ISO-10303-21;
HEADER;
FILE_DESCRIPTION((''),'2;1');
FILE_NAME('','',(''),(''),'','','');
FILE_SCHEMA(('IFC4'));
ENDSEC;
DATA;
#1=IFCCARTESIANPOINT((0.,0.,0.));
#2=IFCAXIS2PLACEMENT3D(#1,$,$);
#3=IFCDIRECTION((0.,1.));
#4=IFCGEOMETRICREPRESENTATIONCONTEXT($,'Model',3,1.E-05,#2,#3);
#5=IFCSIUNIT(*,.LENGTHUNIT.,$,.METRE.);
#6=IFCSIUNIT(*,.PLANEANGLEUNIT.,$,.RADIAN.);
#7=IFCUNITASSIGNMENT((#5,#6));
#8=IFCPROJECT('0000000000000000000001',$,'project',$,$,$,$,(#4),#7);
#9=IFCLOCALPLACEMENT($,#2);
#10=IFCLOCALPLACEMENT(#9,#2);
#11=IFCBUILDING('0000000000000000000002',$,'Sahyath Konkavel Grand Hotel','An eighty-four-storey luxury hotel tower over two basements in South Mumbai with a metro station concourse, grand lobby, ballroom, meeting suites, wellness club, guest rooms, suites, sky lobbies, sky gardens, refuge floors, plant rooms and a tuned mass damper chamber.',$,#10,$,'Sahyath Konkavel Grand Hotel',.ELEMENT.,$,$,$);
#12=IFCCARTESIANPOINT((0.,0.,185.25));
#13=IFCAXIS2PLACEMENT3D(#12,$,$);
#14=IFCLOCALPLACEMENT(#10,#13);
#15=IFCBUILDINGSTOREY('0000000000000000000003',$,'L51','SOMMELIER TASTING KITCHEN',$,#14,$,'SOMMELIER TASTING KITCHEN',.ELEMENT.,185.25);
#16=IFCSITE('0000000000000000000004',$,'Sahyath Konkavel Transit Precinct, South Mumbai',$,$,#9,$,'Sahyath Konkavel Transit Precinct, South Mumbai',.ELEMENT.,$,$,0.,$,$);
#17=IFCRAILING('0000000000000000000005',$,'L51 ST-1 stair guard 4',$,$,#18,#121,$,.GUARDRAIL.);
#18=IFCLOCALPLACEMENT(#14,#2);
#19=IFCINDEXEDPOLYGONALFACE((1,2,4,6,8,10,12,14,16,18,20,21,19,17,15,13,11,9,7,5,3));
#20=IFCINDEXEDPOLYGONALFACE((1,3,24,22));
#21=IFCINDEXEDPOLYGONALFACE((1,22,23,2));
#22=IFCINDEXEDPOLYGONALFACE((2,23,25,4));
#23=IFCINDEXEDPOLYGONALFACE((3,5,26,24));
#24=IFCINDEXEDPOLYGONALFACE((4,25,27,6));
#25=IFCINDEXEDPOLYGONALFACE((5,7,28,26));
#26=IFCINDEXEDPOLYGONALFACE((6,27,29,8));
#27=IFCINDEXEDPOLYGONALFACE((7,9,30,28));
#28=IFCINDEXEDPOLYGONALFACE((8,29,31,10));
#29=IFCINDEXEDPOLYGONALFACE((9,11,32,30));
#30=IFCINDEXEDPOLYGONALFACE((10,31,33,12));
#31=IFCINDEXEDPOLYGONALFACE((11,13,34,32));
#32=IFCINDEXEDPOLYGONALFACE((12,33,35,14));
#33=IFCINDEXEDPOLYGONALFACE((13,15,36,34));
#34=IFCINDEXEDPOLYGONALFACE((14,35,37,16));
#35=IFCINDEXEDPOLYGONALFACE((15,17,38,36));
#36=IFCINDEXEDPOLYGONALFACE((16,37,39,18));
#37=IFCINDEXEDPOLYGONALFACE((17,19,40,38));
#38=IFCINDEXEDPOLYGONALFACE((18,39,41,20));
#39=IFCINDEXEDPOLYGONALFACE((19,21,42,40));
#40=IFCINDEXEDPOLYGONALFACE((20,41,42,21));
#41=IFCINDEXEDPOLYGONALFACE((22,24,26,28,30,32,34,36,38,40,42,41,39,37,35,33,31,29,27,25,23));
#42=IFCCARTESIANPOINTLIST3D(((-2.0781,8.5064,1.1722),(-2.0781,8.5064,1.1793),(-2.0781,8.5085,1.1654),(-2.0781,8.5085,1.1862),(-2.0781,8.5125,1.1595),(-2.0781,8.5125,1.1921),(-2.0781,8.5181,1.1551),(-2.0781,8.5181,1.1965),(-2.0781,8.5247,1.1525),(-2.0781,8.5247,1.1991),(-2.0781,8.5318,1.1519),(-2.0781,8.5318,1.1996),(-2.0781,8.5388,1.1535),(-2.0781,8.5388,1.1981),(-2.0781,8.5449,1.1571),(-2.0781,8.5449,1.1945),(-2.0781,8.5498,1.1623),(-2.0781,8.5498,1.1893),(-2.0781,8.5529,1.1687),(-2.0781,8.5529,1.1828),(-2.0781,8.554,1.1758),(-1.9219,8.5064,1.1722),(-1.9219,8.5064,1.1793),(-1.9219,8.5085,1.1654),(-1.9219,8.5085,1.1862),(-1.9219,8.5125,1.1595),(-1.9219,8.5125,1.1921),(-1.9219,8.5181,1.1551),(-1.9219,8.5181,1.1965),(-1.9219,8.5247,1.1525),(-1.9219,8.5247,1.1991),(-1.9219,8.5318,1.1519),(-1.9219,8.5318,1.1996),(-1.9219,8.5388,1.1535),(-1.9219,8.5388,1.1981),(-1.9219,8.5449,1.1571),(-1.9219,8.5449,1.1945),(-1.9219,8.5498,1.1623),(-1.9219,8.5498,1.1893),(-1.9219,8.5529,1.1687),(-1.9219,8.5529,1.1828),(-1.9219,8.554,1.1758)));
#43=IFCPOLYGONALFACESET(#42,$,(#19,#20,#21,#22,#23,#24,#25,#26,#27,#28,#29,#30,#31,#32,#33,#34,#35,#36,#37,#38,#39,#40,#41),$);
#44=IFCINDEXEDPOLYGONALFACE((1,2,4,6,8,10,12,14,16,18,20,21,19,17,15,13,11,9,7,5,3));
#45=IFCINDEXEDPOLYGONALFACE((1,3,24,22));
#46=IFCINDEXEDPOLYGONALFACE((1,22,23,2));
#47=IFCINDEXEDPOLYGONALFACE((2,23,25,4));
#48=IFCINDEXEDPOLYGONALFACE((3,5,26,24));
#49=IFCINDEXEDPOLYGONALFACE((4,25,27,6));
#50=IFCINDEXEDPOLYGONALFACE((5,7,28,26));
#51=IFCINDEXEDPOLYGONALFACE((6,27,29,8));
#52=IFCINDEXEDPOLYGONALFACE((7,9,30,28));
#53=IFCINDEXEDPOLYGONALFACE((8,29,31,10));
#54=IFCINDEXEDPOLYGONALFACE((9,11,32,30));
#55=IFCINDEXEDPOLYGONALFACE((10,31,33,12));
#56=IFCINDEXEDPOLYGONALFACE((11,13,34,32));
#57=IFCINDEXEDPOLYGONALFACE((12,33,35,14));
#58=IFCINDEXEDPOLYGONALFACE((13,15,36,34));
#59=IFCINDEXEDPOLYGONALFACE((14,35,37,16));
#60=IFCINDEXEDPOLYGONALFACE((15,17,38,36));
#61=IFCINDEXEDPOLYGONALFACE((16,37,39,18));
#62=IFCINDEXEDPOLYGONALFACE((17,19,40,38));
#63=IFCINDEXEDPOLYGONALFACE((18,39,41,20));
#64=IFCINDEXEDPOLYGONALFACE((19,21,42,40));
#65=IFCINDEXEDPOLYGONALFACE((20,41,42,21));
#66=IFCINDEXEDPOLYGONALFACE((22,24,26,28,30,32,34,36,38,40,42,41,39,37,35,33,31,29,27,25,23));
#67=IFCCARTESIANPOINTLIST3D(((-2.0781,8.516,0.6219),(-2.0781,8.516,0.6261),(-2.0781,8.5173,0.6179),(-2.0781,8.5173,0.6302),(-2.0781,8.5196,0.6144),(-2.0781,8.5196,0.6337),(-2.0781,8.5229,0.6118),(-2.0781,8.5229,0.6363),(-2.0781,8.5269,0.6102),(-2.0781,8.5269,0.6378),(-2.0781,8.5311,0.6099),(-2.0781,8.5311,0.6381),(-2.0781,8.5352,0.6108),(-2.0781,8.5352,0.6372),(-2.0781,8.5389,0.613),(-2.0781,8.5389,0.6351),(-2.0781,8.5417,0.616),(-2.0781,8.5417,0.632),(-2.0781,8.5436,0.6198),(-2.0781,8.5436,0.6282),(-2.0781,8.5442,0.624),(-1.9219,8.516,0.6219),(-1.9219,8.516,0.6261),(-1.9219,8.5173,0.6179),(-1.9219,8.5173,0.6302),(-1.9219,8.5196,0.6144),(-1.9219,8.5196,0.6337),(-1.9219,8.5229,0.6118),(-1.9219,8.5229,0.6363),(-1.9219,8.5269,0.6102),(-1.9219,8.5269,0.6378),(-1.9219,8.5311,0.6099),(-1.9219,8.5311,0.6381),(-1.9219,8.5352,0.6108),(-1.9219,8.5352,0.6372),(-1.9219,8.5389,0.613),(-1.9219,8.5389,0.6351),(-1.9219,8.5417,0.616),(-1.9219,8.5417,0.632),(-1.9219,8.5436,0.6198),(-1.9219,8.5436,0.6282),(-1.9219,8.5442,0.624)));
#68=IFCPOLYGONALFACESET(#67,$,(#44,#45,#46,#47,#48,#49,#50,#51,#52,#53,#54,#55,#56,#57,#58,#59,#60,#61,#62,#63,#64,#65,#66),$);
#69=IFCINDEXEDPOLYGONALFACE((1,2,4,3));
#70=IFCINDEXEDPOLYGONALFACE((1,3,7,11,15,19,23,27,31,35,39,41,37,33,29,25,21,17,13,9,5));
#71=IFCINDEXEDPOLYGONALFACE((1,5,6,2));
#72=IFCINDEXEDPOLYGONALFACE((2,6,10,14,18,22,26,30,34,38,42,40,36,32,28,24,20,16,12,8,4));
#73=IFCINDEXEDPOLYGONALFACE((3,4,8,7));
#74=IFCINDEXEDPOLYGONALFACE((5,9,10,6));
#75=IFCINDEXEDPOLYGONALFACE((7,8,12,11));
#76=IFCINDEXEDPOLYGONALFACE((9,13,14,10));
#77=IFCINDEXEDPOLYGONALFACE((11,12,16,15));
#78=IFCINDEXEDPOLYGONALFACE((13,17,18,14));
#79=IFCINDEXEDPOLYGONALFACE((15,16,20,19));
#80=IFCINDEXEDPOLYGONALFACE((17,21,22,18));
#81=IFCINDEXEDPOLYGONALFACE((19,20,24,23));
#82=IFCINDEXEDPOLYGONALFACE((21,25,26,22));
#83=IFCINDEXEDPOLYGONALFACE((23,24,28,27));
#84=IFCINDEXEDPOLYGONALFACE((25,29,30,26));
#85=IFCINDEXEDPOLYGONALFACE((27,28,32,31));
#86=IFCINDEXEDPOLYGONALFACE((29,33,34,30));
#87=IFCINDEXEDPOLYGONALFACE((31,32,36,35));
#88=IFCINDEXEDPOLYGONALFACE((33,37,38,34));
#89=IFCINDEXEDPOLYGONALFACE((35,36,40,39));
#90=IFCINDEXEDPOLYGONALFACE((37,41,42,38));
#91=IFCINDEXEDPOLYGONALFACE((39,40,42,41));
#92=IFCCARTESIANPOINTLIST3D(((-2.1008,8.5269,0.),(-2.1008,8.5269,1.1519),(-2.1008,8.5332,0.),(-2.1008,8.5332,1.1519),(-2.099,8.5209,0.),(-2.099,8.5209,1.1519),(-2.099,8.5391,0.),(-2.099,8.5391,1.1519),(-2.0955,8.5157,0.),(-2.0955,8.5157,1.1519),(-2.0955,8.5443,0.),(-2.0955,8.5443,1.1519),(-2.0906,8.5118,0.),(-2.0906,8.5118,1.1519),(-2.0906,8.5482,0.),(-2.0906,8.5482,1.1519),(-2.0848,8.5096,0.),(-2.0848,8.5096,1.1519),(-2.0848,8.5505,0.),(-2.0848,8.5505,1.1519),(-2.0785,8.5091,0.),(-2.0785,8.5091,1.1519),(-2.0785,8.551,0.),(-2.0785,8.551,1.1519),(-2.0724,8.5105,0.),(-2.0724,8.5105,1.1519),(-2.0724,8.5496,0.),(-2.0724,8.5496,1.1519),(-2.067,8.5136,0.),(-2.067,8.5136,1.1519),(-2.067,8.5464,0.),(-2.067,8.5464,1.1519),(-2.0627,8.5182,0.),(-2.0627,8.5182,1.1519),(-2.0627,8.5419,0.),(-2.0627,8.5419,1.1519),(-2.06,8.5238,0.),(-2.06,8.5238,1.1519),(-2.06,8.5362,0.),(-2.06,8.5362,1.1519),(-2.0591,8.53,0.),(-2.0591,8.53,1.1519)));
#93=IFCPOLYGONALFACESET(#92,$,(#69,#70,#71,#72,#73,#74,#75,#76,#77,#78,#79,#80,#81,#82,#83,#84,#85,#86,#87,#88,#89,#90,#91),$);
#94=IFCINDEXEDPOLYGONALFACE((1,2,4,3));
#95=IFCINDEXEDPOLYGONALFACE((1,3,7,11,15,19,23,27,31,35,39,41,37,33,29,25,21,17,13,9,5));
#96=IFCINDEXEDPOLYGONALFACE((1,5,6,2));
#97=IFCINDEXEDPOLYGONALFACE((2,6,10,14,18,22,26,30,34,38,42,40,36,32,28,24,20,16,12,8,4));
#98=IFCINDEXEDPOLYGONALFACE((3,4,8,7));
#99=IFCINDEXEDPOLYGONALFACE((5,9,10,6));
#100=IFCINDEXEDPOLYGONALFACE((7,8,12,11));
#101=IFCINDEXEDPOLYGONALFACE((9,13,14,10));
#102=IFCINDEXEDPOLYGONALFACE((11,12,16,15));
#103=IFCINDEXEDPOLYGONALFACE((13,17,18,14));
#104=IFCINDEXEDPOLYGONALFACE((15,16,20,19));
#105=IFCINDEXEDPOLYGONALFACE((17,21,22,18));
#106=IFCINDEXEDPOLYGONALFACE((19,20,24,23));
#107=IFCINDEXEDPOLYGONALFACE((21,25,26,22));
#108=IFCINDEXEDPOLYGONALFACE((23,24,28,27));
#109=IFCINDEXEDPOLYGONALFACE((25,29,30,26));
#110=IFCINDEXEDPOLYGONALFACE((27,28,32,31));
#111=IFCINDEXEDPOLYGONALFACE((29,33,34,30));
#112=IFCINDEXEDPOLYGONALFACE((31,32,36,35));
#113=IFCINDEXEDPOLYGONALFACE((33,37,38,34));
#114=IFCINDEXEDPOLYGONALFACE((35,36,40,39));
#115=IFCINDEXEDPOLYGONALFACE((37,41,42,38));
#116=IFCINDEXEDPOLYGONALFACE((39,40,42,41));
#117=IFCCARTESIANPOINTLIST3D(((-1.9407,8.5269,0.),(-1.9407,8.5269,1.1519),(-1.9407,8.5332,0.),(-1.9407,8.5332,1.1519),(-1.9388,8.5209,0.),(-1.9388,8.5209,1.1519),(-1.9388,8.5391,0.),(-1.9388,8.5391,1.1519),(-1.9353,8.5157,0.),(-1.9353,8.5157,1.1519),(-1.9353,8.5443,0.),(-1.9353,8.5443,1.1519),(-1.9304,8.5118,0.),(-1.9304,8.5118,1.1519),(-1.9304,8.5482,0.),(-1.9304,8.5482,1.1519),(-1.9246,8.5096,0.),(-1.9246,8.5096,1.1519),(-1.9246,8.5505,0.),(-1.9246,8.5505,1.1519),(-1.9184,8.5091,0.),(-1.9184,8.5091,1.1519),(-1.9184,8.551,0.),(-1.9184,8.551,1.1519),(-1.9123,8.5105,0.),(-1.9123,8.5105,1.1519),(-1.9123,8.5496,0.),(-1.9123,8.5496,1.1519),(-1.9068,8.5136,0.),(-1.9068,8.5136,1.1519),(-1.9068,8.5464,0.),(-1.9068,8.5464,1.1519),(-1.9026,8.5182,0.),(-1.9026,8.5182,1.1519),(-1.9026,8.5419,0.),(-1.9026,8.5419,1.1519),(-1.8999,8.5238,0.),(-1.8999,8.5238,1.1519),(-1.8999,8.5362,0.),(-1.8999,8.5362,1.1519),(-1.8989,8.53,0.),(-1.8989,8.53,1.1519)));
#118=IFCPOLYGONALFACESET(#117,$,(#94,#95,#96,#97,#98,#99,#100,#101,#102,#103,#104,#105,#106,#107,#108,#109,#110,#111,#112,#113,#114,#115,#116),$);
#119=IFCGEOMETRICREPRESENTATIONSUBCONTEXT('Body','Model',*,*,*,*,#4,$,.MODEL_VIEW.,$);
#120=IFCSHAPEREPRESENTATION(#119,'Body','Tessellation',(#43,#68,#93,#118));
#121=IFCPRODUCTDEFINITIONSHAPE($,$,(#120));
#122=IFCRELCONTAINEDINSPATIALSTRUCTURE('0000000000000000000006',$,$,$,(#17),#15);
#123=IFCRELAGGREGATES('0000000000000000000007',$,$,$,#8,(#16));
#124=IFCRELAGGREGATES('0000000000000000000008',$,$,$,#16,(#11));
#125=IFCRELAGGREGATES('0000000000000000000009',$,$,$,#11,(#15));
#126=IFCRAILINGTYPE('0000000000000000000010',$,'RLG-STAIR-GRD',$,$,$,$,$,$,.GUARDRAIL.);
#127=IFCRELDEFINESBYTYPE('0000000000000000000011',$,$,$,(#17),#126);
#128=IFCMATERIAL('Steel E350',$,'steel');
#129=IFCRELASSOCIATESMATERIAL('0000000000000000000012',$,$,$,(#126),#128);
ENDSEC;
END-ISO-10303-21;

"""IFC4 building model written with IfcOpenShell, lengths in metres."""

from ifc_helpers import new_model, si_unit, direction, frame, origin, origin_2d, place, context, subcontext, project, spatial, circle, extrude, material, type_object, element, save


model = new_model("IFC4")

# Units and contexts
model_context = context("Model", 3, precision=1e-05, world=origin(), true_north=direction((0.0, 1.0)))
body_context = subcontext(model_context, "Body", "Model", "MODEL_VIEW")
ifc_project = project(units=[si_unit("LENGTHUNIT", "METRE"), si_unit("PLANEANGLEUNIT", "RADIAN")], contexts=[model_context])

# Site, building, storey
site_placement = place(None, origin())
site = spatial("IfcSite", under=ifc_project, at=site_placement, Name="Sahyath Konkavel Transit Precinct, South Mumbai", LongName="Sahyath Konkavel Transit Precinct, South Mumbai", CompositionType="ELEMENT", RefElevation=0.0)
building_placement = place(site_placement, origin())
building = spatial("IfcBuilding", under=site, at=building_placement, Name="Sahyath Konkavel Grand Hotel", Description="An eighty-four-storey luxury hotel tower over two basements in South Mumbai with a metro station concourse, grand lobby, ballroom, meeting suites, wellness club, guest rooms, suites, sky lobbies, sky gardens, refuge floors, plant rooms and a tuned mass damper chamber.", LongName="Sahyath Konkavel Grand Hotel", CompositionType="ELEMENT")
storey_placement = place(building_placement, frame((0.0, 0.0, 185.25)))
storey = spatial("IfcBuildingStorey", under=building, at=storey_placement, Name="L51", Description="SOMMELIER TASTING KITCHEN", LongName="SOMMELIER TASTING KITCHEN", CompositionType="ELEMENT", Elevation=185.25)

# Shared definitions
ifc_material_1 = material(Name="Steel E350", Category="steel")

# Railing
railing_type_1 = type_object("IfcRailingType", Name="RLG-STAIR-GRD", PredefinedType="GUARDRAIL", material=ifc_material_1)
railing_1_placement = place(storey_placement, frame((-2.0801, 8.53, 0.0)))
element("IfcRailing", 1, at=railing_1_placement, inside=storey, type_object=railing_type_1, Name="L51 ST-1 stair guard 4", PredefinedType="GUARDRAIL", context=body_context, shape_type="SweptSolid", body=[
    extrude(circle(Radius=0.0239, at=origin_2d()), frame((0.002, 0.0, 1.1758), z_axis=(1.0, 0.0, 0.0), x_axis=(0.0, 1.0, 0.0)), (0.0, 0.0, 1.0), 0.1562),
    extrude(circle(Radius=0.0142, at=origin_2d()), frame((0.002, 0.0, 0.624), z_axis=(1.0, 0.0, 0.0), x_axis=(0.0, 1.0, 0.0)), (0.0, 0.0, 1.0), 0.1562),
    extrude(circle(Radius=0.021, at=origin_2d()), origin(), (0.0, 0.0, 1.0), 1.1519),
    extrude(circle(Radius=0.021, at=origin_2d()), frame((0.1602, 0.0, 0.0)), (0.0, 0.0, 1.0), 1.1519),
])

save(model, "model.ifc")
